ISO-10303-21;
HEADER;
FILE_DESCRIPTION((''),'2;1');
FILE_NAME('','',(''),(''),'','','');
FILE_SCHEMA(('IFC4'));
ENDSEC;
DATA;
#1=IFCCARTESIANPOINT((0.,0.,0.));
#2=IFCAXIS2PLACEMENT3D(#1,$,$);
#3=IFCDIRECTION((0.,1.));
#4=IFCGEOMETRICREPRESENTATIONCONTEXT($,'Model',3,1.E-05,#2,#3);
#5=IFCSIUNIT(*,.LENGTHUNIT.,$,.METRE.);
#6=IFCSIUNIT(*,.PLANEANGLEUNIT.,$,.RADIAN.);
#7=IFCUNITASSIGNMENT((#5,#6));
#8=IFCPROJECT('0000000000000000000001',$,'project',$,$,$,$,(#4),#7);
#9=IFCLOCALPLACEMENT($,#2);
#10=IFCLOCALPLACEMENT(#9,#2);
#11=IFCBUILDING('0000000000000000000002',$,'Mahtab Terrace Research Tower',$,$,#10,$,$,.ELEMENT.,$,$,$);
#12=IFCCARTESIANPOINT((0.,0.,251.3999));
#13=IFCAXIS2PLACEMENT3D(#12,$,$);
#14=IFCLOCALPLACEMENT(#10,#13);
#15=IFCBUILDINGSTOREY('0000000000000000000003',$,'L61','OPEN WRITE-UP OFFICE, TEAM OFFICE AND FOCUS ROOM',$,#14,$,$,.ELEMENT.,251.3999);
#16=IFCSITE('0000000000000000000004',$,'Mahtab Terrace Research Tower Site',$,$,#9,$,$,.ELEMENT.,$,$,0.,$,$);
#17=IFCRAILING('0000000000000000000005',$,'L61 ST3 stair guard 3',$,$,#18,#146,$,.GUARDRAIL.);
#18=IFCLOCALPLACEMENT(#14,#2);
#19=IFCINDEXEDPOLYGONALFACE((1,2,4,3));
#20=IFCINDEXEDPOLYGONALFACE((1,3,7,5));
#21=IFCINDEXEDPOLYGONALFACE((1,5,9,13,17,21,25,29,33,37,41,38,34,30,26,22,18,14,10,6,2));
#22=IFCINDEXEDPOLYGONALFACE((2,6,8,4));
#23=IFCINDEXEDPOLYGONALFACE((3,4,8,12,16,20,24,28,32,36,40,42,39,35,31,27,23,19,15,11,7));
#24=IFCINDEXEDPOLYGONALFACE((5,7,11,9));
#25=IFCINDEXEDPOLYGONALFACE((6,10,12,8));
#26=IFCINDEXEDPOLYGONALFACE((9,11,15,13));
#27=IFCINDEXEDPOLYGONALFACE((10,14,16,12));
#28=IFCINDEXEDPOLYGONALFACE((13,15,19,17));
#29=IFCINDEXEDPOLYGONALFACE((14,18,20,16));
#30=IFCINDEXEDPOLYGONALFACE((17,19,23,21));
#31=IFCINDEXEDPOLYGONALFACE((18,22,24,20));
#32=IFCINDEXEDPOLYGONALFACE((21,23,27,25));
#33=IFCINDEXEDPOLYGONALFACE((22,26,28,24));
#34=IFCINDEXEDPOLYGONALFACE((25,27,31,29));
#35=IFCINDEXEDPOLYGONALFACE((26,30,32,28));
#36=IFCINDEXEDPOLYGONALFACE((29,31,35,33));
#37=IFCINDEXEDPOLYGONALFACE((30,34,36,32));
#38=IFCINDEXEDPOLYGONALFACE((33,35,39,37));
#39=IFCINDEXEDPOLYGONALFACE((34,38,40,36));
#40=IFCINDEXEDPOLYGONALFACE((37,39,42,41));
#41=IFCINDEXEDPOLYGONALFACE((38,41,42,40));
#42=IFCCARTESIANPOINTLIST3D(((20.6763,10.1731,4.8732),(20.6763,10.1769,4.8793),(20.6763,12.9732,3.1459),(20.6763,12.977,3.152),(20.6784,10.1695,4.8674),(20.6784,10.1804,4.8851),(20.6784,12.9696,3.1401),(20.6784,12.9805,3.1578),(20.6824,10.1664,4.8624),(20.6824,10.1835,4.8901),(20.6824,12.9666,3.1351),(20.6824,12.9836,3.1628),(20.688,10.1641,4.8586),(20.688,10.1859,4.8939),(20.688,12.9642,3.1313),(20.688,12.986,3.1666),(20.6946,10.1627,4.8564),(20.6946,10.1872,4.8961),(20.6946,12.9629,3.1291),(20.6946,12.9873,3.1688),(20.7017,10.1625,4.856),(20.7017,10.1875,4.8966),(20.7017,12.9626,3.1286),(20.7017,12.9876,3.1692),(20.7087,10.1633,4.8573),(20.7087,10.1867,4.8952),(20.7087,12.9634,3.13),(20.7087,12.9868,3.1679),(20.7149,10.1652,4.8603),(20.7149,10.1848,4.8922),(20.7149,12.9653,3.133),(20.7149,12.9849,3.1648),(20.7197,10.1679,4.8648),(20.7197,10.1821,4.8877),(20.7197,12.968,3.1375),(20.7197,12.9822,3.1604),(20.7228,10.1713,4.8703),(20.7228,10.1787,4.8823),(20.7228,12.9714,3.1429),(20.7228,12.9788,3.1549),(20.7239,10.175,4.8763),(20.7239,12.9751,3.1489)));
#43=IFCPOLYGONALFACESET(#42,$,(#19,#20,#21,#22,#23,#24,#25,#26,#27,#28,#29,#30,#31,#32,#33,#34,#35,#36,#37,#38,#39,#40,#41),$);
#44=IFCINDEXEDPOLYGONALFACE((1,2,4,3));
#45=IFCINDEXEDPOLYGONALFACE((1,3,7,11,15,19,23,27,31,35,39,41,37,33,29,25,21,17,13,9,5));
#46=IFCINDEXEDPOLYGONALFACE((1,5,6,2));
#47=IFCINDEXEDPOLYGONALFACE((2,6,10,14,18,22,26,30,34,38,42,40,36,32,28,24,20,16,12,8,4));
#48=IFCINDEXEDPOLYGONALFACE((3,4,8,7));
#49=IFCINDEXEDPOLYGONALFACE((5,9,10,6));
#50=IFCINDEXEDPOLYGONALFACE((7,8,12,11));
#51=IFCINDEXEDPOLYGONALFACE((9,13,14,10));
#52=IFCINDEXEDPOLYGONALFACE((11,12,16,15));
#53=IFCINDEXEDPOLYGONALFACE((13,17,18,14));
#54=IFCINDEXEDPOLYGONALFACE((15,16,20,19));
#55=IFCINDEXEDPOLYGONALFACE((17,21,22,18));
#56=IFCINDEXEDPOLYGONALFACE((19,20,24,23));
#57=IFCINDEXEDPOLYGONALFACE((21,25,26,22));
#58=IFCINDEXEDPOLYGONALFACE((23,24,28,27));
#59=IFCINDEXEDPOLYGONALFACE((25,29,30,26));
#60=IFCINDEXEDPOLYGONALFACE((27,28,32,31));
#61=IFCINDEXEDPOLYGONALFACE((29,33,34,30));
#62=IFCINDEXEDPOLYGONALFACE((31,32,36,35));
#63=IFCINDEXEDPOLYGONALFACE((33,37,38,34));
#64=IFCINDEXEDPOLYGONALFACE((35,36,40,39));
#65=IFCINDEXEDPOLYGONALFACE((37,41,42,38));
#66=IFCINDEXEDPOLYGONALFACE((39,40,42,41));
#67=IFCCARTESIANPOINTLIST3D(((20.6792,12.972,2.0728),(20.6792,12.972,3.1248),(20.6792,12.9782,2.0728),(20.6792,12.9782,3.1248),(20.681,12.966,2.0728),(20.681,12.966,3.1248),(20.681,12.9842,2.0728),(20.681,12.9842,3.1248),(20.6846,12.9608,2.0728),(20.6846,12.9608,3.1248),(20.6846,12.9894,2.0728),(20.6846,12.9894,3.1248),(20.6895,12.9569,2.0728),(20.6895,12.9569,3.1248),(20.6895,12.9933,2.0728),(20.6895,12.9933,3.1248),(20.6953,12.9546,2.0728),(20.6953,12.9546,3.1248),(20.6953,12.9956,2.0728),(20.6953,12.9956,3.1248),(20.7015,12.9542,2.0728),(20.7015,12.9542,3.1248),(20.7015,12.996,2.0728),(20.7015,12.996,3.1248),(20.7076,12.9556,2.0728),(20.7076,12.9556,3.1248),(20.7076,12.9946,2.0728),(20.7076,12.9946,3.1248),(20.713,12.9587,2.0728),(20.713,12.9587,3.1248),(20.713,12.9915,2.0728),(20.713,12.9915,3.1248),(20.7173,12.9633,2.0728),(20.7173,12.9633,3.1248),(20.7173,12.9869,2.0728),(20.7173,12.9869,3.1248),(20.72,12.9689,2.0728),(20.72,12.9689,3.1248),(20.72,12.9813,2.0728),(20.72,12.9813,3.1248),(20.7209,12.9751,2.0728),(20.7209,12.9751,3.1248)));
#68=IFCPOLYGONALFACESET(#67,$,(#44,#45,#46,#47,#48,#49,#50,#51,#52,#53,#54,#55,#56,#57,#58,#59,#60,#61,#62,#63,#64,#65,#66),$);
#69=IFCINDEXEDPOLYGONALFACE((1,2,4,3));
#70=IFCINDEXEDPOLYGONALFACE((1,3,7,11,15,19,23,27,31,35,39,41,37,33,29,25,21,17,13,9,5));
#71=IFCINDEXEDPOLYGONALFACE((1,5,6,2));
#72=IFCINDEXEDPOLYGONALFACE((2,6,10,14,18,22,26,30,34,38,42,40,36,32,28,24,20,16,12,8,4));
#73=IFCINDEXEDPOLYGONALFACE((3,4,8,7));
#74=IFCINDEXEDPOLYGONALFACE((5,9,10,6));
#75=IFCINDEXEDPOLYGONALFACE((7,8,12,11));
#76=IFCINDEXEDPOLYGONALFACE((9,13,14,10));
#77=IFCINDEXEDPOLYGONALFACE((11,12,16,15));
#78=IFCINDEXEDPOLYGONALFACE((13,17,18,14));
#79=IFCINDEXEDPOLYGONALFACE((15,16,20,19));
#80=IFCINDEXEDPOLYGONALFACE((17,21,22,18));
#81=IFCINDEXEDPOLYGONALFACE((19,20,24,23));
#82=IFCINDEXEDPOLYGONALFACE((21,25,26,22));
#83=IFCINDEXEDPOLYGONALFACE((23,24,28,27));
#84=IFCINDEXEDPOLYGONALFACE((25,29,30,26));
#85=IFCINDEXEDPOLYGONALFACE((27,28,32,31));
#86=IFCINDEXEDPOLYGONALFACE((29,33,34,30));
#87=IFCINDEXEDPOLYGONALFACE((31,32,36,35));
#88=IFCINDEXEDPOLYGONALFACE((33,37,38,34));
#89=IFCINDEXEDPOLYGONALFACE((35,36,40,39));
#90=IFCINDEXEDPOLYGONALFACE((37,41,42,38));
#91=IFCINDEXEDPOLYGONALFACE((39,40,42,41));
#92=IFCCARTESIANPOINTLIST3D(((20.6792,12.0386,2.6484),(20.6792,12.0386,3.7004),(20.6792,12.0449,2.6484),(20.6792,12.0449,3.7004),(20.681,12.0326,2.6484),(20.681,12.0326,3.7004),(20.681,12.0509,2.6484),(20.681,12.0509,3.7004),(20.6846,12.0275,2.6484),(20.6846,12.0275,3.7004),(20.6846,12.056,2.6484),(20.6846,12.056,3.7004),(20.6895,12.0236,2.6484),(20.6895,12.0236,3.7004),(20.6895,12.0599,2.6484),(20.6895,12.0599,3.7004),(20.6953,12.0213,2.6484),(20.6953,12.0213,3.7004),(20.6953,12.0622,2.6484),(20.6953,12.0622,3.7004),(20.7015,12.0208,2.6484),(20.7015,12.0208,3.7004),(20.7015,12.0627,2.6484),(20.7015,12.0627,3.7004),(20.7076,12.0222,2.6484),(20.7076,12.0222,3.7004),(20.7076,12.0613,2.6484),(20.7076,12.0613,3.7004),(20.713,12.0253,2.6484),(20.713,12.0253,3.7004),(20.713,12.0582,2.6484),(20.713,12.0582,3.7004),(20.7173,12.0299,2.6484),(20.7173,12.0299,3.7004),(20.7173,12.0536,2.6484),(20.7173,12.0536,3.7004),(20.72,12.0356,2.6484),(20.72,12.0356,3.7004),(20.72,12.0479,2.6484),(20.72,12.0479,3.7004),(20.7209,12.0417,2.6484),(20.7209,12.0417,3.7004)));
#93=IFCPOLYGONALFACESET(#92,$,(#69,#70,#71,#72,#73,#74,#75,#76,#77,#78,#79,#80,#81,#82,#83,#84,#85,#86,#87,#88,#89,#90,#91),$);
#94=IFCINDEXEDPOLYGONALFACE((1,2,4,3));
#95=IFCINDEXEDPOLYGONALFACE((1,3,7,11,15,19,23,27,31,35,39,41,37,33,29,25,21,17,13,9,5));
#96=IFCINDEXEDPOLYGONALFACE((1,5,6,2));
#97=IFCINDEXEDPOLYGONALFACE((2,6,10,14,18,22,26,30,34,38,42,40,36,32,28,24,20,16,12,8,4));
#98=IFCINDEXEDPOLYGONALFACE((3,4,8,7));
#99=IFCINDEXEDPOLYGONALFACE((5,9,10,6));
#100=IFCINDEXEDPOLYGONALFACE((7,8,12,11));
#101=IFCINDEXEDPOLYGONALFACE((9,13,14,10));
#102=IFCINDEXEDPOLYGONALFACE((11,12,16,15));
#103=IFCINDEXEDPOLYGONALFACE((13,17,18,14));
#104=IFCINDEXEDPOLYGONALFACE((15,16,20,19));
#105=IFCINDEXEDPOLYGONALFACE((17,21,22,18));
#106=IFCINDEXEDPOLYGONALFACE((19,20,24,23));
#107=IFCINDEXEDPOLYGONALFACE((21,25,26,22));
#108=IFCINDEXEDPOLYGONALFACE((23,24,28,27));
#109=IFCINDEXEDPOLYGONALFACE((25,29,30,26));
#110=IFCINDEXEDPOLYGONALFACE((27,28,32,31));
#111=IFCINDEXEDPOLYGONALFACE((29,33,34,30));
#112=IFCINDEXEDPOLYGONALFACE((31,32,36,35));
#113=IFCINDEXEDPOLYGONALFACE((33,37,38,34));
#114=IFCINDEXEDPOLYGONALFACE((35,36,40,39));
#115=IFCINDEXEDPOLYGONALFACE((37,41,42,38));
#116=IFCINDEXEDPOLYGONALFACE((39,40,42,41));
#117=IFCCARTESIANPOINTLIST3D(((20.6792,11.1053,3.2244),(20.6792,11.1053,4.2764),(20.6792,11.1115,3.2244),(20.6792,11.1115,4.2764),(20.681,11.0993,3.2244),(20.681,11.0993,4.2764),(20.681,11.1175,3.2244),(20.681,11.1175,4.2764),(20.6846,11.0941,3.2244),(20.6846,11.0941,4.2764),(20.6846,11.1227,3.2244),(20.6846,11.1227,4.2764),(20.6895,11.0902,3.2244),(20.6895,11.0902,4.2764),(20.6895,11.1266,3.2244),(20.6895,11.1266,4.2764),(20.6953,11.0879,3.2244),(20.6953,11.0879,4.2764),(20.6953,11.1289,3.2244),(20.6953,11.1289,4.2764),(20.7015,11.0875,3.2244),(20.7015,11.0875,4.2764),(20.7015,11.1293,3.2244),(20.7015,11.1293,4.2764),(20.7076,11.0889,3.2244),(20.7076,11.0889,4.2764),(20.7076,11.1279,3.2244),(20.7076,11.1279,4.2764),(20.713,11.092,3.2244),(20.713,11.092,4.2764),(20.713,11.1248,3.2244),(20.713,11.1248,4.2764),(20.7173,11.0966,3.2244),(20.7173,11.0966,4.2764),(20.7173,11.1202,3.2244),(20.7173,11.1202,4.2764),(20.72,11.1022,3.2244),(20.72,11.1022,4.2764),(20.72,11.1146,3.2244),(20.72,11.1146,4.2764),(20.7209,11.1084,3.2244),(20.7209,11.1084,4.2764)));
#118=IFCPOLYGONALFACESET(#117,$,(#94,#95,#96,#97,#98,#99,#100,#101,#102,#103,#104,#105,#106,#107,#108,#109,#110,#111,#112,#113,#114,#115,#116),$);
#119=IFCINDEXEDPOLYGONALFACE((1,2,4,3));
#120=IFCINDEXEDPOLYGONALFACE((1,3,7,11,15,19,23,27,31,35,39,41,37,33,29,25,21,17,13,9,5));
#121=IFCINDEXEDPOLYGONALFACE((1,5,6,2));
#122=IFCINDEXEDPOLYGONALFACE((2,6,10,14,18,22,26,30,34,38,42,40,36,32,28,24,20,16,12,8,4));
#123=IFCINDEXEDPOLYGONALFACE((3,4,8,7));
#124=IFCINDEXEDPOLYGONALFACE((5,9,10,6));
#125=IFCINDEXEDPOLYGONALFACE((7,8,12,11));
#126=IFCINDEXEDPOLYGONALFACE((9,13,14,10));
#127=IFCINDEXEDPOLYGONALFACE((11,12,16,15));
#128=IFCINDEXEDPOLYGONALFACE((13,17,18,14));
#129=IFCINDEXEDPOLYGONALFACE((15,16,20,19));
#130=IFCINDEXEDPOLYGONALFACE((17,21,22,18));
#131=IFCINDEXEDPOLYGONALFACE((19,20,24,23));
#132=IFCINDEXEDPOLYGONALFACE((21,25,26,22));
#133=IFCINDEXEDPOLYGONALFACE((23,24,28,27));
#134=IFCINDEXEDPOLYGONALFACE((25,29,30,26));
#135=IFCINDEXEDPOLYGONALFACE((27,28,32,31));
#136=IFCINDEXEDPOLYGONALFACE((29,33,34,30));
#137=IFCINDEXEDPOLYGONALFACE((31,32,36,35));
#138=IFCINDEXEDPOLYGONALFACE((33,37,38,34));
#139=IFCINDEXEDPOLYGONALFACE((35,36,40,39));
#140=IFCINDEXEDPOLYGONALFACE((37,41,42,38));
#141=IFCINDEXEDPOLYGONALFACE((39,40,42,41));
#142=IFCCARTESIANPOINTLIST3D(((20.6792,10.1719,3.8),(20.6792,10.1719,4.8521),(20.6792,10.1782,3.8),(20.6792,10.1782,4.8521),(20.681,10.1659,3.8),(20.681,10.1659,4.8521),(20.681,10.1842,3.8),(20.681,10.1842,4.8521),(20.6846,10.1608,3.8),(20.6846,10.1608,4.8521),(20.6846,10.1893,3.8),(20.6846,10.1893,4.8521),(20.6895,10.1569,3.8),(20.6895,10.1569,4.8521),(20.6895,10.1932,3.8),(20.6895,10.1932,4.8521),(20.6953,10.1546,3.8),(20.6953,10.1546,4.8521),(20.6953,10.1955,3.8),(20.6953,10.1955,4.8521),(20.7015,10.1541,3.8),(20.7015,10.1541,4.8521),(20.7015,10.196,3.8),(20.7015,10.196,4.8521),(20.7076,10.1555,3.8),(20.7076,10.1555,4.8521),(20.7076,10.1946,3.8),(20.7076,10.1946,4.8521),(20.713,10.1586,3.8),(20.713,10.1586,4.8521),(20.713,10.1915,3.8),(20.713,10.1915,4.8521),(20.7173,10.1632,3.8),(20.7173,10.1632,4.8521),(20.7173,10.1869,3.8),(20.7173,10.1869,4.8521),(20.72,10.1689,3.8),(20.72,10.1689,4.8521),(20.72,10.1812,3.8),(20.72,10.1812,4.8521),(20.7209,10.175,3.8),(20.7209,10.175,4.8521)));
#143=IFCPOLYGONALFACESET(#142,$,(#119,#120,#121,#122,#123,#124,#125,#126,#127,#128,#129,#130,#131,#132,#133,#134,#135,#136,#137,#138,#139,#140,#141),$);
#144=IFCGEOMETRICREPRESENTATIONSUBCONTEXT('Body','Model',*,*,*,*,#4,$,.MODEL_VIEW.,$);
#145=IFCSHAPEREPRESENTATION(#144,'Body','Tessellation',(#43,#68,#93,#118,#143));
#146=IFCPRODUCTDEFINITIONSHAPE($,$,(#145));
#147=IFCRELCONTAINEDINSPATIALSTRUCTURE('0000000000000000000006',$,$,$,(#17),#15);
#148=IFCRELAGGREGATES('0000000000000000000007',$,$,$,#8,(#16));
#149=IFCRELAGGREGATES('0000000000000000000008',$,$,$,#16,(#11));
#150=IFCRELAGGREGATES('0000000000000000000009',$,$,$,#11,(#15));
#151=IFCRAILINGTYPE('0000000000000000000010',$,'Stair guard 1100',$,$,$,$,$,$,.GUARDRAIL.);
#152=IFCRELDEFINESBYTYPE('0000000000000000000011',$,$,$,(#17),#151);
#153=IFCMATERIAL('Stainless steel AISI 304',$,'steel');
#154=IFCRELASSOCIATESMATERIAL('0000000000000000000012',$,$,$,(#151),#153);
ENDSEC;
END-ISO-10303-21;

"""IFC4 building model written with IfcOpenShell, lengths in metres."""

from ifc_helpers import new_model, si_unit, direction, frame, origin, origin_2d, place, context, subcontext, project, spatial, circle, extrude, material, type_object, element, save


model = new_model("IFC4")

# Units and contexts
model_context = context("Model", 3, precision=1e-05, world=origin(), true_north=direction((0.0, 1.0)))
body_context = subcontext(model_context, "Body", "Model", "MODEL_VIEW")
ifc_project = project(units=[si_unit("LENGTHUNIT", "METRE"), si_unit("PLANEANGLEUNIT", "RADIAN")], contexts=[model_context])

# Site, building, storey
site_placement = place(None, origin())
site = spatial("IfcSite", under=ifc_project, at=site_placement, Name="Mahtab Terrace Research Tower Site", CompositionType="ELEMENT", RefElevation=0.0)
building_placement = place(site_placement, origin())
building = spatial("IfcBuilding", under=site, at=building_placement, Name="Mahtab Terrace Research Tower", CompositionType="ELEMENT")
storey_placement = place(building_placement, frame((0.0, 0.0, 251.3999)))
storey = spatial("IfcBuildingStorey", under=building, at=storey_placement, Name="L61", Description="OPEN WRITE-UP OFFICE, TEAM OFFICE AND FOCUS ROOM", CompositionType="ELEMENT", Elevation=251.3999)

# Shared definitions
ifc_material_1 = material(Name="Stainless steel AISI 304", Category="steel")

# Railing
railing_type_1 = type_object("IfcRailingType", Name="Stair guard 1100", PredefinedType="GUARDRAIL", material=ifc_material_1)
railing_1_placement = place(storey_placement, frame((20.7, 12.9751, 2.0728)))
element("IfcRailing", 1, at=railing_1_placement, inside=storey, type_object=railing_type_1, Name="L61 ST3 stair guard 3", PredefinedType="GUARDRAIL", context=body_context, shape_type="SweptSolid", body=[
    extrude(circle(Radius=0.0239, at=origin_2d()), frame((0.0, 0.0, 1.0762), z_axis=(0.0, -0.85109, 0.52502), x_axis=(1.0, 0.0, 0.0)), (0.0, 0.0, 1.0), 3.29),
    extrude(circle(Radius=0.021, at=origin_2d()), origin(), (0.0, 0.0, 1.0), 1.052),
    extrude(circle(Radius=0.021, at=origin_2d()), frame((0.0, -0.9333, 0.5757)), (0.0, 0.0, 1.0), 1.052),
    extrude(circle(Radius=0.021, at=origin_2d()), frame((0.0, -1.8667, 1.1516)), (0.0, 0.0, 1.0), 1.052),
    extrude(circle(Radius=0.021, at=origin_2d()), frame((0.0, -2.8, 1.7273)), (0.0, 0.0, 1.0), 1.052),
])

save(model, "model.ifc")
